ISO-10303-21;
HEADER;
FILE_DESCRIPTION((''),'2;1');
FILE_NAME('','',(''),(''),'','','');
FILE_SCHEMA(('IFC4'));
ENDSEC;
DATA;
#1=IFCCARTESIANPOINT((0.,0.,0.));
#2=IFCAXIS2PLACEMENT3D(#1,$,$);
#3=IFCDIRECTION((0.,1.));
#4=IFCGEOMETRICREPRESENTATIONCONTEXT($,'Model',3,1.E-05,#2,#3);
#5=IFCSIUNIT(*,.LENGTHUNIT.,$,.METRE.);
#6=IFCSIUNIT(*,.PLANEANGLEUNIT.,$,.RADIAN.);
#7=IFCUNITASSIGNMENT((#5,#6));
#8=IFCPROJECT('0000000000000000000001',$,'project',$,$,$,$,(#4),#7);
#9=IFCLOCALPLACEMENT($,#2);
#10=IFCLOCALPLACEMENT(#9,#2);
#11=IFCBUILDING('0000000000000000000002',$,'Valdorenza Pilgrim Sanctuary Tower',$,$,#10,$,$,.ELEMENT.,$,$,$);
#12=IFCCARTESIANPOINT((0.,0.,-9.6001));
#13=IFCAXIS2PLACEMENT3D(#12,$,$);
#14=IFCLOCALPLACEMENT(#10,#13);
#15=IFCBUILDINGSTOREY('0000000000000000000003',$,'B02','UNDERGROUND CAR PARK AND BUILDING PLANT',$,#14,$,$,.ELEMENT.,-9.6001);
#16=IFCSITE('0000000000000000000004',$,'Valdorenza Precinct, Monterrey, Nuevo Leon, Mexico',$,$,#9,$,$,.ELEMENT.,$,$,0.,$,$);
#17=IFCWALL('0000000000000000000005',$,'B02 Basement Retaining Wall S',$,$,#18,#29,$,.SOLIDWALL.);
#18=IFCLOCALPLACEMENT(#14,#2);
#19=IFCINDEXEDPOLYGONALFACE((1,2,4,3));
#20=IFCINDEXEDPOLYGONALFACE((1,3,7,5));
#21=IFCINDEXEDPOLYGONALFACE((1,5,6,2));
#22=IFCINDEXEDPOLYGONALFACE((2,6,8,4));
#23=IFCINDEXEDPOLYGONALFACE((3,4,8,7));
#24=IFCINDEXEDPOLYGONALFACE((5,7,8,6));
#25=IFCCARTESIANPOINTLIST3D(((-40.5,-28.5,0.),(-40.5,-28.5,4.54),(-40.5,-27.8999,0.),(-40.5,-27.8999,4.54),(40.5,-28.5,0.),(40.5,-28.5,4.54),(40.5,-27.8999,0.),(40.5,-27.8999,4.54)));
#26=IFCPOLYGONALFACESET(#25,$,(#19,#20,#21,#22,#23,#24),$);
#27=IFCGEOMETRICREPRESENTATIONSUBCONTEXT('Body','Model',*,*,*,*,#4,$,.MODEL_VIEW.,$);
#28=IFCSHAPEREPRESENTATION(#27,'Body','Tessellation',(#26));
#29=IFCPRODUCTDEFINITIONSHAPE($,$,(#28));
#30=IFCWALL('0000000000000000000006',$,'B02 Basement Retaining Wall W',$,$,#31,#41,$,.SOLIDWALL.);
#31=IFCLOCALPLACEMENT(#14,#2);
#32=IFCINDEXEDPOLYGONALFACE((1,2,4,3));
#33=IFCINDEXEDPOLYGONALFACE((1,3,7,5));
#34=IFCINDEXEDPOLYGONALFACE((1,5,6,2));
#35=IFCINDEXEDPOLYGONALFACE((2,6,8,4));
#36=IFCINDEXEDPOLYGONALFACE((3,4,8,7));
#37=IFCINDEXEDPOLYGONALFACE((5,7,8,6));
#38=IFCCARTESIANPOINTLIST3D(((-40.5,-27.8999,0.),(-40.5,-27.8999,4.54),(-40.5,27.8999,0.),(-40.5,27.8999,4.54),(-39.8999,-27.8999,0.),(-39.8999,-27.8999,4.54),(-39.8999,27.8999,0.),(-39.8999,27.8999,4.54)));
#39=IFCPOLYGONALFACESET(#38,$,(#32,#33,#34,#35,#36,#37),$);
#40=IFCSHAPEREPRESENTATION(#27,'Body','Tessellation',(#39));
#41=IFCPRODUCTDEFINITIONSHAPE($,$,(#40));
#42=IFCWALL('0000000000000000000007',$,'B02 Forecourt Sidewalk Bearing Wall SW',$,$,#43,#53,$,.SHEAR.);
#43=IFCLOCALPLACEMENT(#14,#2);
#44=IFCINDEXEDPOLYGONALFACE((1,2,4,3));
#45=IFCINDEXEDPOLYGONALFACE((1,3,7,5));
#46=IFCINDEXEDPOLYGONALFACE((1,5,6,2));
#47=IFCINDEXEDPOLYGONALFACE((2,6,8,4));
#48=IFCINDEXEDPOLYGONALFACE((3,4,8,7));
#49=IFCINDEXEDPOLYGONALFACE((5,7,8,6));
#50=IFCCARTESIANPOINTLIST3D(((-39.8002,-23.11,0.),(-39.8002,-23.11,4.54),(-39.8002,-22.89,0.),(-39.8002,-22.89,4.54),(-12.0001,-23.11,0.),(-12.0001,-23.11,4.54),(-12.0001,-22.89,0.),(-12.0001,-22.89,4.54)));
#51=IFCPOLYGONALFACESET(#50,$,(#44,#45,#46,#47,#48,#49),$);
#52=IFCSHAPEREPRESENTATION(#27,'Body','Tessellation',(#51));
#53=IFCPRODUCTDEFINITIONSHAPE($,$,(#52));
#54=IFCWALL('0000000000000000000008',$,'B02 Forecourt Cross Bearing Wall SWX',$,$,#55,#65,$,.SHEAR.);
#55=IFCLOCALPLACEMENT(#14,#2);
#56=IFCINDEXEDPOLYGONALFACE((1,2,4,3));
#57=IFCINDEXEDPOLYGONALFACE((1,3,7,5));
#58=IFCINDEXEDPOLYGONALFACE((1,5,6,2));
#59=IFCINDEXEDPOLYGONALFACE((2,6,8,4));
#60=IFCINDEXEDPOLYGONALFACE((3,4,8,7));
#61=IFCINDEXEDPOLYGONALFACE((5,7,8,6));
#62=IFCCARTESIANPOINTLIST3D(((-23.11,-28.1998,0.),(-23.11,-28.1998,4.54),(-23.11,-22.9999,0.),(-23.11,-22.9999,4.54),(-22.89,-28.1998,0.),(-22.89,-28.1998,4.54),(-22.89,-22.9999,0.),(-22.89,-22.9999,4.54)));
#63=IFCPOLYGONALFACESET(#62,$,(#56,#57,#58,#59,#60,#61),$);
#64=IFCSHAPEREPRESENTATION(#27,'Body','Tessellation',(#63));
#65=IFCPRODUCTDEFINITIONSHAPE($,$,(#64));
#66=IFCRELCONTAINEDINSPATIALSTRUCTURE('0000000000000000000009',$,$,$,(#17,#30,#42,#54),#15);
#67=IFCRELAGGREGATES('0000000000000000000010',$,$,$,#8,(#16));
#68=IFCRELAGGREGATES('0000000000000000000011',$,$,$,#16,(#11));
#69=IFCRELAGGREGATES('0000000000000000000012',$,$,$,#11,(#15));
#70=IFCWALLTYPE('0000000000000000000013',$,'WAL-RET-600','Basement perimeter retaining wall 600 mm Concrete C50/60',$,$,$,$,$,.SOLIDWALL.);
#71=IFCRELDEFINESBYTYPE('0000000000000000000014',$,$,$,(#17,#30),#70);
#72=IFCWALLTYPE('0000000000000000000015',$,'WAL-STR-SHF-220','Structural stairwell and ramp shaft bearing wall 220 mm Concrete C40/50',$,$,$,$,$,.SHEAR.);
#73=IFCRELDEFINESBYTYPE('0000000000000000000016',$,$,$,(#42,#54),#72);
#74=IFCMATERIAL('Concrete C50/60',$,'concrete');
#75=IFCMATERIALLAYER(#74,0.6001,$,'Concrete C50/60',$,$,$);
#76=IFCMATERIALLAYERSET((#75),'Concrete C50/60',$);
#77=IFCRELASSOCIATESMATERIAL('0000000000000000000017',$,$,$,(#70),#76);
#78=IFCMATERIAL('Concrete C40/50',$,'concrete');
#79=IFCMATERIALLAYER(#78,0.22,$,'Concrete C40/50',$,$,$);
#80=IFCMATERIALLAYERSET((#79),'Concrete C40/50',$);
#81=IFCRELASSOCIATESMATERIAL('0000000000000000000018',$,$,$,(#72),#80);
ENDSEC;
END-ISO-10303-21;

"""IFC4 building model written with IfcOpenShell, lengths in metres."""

from ifc_helpers import new_model, si_unit, direction, frame, frame_2d, origin, place, context, subcontext, project, spatial, rectangle, extrude, material, layer, layer_set, type_object, element, save


model = new_model("IFC4")

# Units and contexts
model_context = context("Model", 3, precision=1e-05, world=origin(), true_north=direction((0.0, 1.0)))
body_context = subcontext(model_context, "Body", "Model", "MODEL_VIEW")
ifc_project = project(units=[si_unit("LENGTHUNIT", "METRE"), si_unit("PLANEANGLEUNIT", "RADIAN")], contexts=[model_context])

# Site, building, storey
site_placement = place(None, origin())
site = spatial("IfcSite", under=ifc_project, at=site_placement, Name="Valdorenza Precinct, Monterrey, Nuevo Leon, Mexico", CompositionType="ELEMENT", RefElevation=0.0)
building_placement = place(site_placement, origin())
building = spatial("IfcBuilding", under=site, at=building_placement, Name="Valdorenza Pilgrim Sanctuary Tower", CompositionType="ELEMENT")
storey_placement = place(building_placement, frame((0.0, 0.0, -9.6001)))
storey = spatial("IfcBuildingStorey", under=building, at=storey_placement, Name="B02", Description="UNDERGROUND CAR PARK AND BUILDING PLANT", CompositionType="ELEMENT", Elevation=-9.6001)

# Shared definitions
ifc_material_1 = material(Name="Concrete C50/60", Category="concrete")

# Walls
ifc_layer_1 = layer(ifc_material_1, 0.6001, Name="Concrete C50/60")
ifc_layer_set_1 = layer_set([ifc_layer_1], Name="Concrete C50/60")
wall_type_1 = type_object("IfcWallType", Name="WAL-RET-600", Description="Basement perimeter retaining wall 600 mm Concrete C50/60", PredefinedType="SOLIDWALL", material=ifc_layer_set_1)
wall_1_placement = place(storey_placement, frame((-40.5, -28.2, 0.0), z_axis=(0.0, 0.0, 1.0), x_axis=(1.0, 0.0, 0.0)))
element("IfcWall", 1, at=wall_1_placement, inside=storey, type_object=wall_type_1, Name="B02 Basement Retaining Wall S", PredefinedType="SOLIDWALL", context=body_context, shape_type="SweptSolid", body=[
    extrude(rectangle(XDim=81.0, YDim=0.6001, at=frame_2d((40.5, 0.0))), origin(), (0.0, 0.0, 1.0), 4.54),
])
wall_2_placement = place(storey_placement, frame((-40.2, -27.8999, 0.0), z_axis=(0.0, 0.0, 1.0), x_axis=(0.0, 1.0, 0.0)))
element("IfcWall", 2, at=wall_2_placement, inside=storey, type_object=wall_type_1, Name="B02 Basement Retaining Wall W", PredefinedType="SOLIDWALL", context=body_context, shape_type="SweptSolid", body=[
    extrude(rectangle(XDim=55.7998, YDim=0.6001, at=frame_2d((27.8999, 0.0))), origin(), (0.0, 0.0, 1.0), 4.54),
])
ifc_material_2 = material(Name="Concrete C40/50", Category="concrete")
ifc_layer_2 = layer(ifc_material_2, 0.22, Name="Concrete C40/50")
ifc_layer_set_2 = layer_set([ifc_layer_2], Name="Concrete C40/50")
wall_type_2 = type_object("IfcWallType", Name="WAL-STR-SHF-220", Description="Structural stairwell and ramp shaft bearing wall 220 mm Concrete C40/50", PredefinedType="SHEAR", material=ifc_layer_set_2)
wall_3_placement = place(storey_placement, frame((-39.8, -23.0, 0.0), z_axis=(0.0, 0.0, 1.0), x_axis=(1.0, 0.0, 0.0)))
element("IfcWall", 3, at=wall_3_placement, inside=storey, type_object=wall_type_2, Name="B02 Forecourt Sidewalk Bearing Wall SW", PredefinedType="SHEAR", context=body_context, shape_type="SweptSolid", body=[
    extrude(rectangle(XDim=27.8, YDim=0.22, at=frame_2d((13.8999, 0.0))), origin(), (0.0, 0.0, 1.0), 4.54),
])
wall_4_placement = place(storey_placement, frame((-23.0, -28.2, 0.0), z_axis=(0.0, 0.0, 1.0), x_axis=(0.0, 1.0, 0.0)))
element("IfcWall", 4, at=wall_4_placement, inside=storey, type_object=wall_type_2, Name="B02 Forecourt Cross Bearing Wall SWX", PredefinedType="SHEAR", context=body_context, shape_type="SweptSolid", body=[
    extrude(rectangle(XDim=5.2, YDim=0.22, at=frame_2d((2.6001, 0.0))), origin(), (0.0, 0.0, 1.0), 4.54),
])

save(model, "model.ifc")
